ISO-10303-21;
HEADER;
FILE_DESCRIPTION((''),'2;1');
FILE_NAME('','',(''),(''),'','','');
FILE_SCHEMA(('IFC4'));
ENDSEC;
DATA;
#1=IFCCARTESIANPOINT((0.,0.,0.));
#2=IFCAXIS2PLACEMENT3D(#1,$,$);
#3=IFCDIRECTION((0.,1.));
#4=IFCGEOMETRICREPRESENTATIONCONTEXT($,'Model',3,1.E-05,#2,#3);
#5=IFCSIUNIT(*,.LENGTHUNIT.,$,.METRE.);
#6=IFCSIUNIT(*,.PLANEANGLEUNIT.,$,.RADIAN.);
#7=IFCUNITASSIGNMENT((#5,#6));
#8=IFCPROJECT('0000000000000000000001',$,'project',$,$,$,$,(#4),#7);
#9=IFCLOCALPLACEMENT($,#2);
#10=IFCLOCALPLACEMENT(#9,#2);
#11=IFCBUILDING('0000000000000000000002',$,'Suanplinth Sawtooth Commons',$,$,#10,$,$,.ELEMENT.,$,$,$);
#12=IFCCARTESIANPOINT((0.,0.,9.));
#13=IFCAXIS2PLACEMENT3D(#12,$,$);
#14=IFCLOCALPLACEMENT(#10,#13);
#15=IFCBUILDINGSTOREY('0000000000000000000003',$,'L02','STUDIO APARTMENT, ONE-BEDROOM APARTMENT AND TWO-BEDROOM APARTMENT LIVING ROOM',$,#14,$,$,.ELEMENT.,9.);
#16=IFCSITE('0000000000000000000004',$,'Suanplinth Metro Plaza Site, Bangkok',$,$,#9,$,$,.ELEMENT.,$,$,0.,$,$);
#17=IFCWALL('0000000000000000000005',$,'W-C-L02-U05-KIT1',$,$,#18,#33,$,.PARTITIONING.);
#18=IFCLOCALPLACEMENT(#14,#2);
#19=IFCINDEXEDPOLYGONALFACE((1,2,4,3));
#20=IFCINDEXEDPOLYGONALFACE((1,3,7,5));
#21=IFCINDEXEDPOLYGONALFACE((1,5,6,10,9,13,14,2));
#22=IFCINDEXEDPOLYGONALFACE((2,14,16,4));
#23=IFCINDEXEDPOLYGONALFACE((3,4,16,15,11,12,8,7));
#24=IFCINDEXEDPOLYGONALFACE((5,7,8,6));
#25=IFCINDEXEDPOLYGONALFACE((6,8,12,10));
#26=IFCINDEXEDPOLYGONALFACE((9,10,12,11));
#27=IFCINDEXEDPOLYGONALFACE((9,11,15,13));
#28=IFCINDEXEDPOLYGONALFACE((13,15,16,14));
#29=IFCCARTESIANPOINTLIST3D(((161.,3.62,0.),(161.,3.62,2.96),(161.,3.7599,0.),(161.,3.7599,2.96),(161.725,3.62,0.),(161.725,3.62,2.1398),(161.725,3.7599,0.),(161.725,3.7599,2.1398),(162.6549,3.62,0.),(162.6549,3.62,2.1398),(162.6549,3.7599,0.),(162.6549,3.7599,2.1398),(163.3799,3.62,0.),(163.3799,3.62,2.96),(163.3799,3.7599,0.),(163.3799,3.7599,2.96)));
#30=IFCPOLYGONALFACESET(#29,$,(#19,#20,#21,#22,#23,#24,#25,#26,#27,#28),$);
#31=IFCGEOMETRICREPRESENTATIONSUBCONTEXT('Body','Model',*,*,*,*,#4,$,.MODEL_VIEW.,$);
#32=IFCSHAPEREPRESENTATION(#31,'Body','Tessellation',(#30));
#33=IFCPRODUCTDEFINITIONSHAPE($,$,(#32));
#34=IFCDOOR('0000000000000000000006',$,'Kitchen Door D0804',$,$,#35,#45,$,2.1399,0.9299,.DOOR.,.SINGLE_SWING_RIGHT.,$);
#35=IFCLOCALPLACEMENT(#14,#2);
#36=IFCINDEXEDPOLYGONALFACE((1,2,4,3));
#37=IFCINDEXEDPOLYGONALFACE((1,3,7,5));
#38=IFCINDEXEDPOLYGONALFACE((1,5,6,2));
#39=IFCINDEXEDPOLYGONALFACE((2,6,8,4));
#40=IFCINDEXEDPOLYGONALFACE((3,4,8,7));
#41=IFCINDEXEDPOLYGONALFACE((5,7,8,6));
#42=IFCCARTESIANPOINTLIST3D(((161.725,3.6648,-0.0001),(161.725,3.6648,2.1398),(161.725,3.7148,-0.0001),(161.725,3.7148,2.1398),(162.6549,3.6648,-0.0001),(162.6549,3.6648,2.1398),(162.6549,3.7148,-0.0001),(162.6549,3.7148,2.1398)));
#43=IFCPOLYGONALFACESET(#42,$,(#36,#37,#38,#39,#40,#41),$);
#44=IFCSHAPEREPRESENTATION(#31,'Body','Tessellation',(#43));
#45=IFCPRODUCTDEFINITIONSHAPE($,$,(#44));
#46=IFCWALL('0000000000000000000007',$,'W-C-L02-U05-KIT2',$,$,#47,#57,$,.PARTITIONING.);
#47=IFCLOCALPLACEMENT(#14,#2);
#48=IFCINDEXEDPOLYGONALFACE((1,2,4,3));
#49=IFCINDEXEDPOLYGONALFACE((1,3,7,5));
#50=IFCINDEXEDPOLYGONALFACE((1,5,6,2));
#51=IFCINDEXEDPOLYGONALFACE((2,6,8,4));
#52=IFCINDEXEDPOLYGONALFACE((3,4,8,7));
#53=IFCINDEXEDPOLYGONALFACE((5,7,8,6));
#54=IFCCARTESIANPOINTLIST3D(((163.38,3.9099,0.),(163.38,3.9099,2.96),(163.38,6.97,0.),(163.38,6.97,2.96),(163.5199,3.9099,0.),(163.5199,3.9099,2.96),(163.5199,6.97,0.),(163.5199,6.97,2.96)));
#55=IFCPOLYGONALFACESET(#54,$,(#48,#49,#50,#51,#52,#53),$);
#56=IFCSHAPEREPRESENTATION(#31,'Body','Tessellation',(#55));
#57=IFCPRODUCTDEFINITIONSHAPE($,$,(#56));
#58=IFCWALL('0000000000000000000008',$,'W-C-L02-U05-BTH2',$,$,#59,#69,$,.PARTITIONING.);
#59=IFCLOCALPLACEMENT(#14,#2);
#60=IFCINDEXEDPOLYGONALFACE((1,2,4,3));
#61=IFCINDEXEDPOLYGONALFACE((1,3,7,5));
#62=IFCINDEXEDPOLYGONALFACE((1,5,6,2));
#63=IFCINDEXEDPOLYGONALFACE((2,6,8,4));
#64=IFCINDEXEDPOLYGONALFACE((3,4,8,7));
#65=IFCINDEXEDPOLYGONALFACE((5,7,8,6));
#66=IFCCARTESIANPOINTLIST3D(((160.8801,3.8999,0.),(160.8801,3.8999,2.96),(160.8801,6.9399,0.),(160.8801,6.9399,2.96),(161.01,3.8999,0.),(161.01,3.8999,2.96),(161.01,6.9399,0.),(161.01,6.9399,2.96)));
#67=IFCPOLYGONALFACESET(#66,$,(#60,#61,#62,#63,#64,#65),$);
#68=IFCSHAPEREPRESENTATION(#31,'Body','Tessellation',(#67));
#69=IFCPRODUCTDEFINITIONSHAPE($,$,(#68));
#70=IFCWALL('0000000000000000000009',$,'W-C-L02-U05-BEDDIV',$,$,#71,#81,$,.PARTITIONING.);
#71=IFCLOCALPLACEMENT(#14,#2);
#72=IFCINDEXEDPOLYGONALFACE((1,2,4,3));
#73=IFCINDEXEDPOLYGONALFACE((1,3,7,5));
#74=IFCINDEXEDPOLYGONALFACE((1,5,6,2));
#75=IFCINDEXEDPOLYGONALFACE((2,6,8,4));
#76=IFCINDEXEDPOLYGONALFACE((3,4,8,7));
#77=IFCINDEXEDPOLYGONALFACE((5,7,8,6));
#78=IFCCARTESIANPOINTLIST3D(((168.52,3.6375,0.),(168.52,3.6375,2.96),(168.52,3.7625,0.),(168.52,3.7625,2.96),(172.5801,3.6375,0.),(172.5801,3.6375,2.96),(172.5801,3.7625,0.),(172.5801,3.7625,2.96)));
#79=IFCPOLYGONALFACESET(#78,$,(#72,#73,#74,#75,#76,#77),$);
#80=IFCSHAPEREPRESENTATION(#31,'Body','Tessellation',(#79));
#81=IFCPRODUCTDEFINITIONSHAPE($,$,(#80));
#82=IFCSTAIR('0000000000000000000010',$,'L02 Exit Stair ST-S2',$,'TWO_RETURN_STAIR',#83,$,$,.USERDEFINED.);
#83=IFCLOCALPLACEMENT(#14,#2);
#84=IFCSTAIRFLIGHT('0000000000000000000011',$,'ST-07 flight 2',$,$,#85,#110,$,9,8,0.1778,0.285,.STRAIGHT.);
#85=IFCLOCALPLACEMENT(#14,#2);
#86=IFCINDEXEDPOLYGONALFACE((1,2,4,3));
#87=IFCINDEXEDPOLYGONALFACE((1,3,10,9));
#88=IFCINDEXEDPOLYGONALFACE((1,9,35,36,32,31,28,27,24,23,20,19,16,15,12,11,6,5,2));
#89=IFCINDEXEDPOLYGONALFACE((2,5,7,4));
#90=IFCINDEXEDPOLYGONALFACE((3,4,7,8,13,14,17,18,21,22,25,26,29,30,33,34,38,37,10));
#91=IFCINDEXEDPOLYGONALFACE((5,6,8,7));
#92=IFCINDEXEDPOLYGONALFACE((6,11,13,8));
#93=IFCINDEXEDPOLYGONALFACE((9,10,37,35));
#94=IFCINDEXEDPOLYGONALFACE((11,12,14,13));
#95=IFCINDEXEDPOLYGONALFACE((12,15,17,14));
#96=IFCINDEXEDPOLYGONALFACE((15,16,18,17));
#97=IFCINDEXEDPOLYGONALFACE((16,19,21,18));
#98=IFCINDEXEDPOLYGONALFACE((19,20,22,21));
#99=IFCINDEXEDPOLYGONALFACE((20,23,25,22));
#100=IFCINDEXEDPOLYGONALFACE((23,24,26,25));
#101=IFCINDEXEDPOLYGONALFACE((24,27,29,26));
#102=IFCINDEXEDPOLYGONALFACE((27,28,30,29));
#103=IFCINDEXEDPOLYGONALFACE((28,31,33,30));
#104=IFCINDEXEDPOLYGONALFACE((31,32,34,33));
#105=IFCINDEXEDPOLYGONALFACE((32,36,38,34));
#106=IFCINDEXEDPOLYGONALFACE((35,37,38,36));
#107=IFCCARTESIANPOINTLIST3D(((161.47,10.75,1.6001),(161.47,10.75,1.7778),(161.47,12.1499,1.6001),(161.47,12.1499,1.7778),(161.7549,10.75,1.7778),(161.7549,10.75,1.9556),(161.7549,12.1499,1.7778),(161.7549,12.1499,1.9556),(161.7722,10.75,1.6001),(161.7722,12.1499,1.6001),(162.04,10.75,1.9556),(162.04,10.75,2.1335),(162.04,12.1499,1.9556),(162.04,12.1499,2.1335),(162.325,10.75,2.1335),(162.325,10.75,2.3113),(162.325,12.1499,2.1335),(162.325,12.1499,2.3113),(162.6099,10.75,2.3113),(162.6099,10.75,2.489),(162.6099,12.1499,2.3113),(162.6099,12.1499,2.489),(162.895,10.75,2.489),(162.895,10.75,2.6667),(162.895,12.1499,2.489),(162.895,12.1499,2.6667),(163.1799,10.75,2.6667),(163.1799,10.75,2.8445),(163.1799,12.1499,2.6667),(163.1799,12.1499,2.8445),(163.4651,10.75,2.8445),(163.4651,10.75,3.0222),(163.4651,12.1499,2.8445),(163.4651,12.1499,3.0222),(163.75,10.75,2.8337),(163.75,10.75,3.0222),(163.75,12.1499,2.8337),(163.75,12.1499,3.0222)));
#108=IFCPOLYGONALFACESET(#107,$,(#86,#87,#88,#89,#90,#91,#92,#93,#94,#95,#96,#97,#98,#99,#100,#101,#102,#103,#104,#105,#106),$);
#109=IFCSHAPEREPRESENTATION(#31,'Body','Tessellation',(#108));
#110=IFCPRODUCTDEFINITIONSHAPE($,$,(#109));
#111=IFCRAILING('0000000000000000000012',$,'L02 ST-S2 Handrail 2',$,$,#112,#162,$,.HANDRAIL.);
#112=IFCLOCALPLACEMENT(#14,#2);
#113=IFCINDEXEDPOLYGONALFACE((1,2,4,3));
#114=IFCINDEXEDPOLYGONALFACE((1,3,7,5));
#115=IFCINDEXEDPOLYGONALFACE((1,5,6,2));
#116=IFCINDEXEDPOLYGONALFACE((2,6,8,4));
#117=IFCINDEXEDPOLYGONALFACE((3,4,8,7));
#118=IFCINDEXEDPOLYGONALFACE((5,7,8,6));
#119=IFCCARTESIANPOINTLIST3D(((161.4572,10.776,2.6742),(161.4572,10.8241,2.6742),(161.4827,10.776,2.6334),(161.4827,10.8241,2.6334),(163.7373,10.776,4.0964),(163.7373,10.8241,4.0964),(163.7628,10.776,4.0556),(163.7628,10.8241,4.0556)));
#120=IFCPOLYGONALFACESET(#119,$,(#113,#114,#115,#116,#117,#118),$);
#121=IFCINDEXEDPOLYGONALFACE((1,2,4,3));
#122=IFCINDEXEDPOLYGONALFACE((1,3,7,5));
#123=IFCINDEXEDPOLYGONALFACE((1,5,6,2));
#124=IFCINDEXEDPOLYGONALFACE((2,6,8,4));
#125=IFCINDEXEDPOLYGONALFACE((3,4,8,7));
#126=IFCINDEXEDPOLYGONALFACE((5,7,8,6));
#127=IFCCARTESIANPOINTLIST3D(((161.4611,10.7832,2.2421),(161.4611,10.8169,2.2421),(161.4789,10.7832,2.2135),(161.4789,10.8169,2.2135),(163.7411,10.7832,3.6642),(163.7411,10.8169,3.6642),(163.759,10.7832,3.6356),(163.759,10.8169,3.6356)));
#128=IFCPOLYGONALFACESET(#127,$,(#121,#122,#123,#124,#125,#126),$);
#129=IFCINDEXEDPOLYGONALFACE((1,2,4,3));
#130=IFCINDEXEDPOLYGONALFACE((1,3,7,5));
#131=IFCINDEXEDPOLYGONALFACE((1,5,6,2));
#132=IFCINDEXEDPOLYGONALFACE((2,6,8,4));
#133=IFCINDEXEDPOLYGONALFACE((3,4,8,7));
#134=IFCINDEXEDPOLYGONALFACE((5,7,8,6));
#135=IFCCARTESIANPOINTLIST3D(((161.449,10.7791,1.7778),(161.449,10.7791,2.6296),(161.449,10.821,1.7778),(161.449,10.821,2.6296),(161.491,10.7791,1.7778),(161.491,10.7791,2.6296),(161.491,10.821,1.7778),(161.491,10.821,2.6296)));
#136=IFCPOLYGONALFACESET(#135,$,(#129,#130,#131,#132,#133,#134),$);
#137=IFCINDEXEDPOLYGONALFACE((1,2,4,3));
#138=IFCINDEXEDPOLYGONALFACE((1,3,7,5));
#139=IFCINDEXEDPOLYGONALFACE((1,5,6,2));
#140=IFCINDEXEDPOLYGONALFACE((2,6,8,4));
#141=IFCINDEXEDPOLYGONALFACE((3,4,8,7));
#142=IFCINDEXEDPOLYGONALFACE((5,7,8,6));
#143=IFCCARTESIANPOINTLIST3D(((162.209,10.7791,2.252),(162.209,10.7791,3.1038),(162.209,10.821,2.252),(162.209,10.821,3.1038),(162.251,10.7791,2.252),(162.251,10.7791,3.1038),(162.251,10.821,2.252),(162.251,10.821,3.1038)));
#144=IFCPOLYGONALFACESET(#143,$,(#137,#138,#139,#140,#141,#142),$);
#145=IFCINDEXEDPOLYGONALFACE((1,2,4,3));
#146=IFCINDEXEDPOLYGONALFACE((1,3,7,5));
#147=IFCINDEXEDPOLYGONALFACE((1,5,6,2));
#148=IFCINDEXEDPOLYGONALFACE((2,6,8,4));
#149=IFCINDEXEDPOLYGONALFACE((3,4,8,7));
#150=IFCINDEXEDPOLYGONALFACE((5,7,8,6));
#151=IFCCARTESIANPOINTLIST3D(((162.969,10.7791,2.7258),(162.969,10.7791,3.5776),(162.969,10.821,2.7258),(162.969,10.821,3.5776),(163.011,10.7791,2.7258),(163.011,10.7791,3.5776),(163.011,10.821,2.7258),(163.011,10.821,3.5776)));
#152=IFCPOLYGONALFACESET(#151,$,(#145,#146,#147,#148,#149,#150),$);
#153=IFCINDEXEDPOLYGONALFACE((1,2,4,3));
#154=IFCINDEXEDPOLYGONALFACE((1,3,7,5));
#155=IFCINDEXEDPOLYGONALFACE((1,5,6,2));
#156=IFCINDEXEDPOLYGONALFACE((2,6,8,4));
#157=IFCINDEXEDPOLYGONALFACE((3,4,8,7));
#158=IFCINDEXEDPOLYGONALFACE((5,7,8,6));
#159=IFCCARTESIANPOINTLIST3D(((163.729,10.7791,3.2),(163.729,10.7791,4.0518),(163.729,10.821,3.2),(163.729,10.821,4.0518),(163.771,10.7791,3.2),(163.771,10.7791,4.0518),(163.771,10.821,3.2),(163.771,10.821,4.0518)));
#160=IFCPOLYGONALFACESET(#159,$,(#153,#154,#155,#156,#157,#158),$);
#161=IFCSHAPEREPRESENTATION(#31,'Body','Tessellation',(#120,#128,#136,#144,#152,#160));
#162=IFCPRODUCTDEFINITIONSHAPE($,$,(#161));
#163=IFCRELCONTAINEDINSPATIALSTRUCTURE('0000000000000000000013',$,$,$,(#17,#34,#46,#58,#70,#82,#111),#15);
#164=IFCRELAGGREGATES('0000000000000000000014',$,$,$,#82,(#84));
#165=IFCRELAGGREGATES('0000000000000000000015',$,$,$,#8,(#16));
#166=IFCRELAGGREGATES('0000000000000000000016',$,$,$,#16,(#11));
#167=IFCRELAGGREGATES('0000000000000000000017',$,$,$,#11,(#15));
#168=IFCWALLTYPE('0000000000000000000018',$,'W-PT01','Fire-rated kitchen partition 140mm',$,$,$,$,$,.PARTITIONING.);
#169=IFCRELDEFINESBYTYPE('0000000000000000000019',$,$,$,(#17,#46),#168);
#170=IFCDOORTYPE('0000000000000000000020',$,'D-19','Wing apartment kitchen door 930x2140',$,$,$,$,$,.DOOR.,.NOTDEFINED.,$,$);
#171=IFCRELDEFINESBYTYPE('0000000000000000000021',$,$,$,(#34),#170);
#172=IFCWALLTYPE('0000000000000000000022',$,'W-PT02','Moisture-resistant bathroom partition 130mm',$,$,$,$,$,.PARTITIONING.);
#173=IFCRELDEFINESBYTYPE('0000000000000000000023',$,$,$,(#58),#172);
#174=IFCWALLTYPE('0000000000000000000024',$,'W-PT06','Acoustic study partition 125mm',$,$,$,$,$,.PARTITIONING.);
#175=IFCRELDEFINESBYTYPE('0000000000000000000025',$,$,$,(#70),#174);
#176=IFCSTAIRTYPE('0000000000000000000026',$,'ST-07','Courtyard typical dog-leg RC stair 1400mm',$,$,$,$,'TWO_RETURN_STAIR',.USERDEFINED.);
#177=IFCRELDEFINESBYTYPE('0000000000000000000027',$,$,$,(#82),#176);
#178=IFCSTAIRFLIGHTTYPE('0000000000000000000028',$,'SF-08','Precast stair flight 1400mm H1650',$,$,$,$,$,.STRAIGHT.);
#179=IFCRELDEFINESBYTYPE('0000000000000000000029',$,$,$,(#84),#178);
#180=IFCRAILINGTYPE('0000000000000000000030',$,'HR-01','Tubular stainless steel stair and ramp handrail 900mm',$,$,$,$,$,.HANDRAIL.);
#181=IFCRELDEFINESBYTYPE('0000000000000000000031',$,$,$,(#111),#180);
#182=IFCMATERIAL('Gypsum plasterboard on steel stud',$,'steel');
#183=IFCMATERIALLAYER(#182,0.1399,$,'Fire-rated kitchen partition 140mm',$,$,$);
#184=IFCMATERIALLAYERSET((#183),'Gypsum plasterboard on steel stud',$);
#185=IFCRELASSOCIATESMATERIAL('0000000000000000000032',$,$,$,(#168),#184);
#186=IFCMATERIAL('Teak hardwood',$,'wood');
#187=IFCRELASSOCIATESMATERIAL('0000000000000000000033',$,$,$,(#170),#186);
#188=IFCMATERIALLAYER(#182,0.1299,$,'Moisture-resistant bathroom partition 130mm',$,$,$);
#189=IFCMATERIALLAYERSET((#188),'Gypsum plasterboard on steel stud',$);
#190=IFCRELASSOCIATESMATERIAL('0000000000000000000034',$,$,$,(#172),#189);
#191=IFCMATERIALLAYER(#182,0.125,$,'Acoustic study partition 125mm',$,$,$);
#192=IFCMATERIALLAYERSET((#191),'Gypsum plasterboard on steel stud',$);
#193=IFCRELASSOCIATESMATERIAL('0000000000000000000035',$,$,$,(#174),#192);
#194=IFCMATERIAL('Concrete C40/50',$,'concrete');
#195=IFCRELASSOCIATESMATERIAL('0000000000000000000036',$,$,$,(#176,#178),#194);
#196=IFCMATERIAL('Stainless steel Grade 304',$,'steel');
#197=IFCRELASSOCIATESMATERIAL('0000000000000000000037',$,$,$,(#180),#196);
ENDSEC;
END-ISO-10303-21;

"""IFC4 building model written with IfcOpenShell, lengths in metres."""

from ifc_helpers import new_model, si_unit, direction, frame, frame_2d, origin, origin_2d, place, context, subcontext, project, spatial, polyline, rectangle, outline, extrude, material, layer, layer_set, type_object, element, fill, aggregate, save


model = new_model("IFC4")

# Units and contexts
model_context = context("Model", 3, precision=1e-05, world=origin(), true_north=direction((0.0, 1.0)))
body_context = subcontext(model_context, "Body", "Model", "MODEL_VIEW")
ifc_project = project(units=[si_unit("LENGTHUNIT", "METRE"), si_unit("PLANEANGLEUNIT", "RADIAN")], contexts=[model_context])

# Site, building, storey
site_placement = place(None, origin())
site = spatial("IfcSite", under=ifc_project, at=site_placement, Name="Suanplinth Metro Plaza Site, Bangkok", CompositionType="ELEMENT", RefElevation=0.0)
building_placement = place(site_placement, origin())
building = spatial("IfcBuilding", under=site, at=building_placement, Name="Suanplinth Sawtooth Commons", CompositionType="ELEMENT")
storey_placement = place(building_placement, frame((0.0, 0.0, 9.0)))
storey = spatial("IfcBuildingStorey", under=building, at=storey_placement, Name="L02", Description="STUDIO APARTMENT, ONE-BEDROOM APARTMENT AND TWO-BEDROOM APARTMENT LIVING ROOM", CompositionType="ELEMENT", Elevation=9.0)

# Shared definitions
ifc_material_1 = material(Name="Concrete C40/50", Category="concrete")

# Wall, opening, door
ifc_material_2 = material(Name="Gypsum plasterboard on steel stud", Category="steel")
ifc_layer_1 = layer(ifc_material_2, 0.1399, Name="Fire-rated kitchen partition 140mm")
ifc_layer_set_1 = layer_set([ifc_layer_1], Name="Gypsum plasterboard on steel stud")
wall_type_1 = type_object("IfcWallType", Name="W-PT01", Description="Fire-rated kitchen partition 140mm", PredefinedType="PARTITIONING", material=ifc_layer_set_1)
wall_1_placement = place(storey_placement, frame((161.0, 3.6899, 0.0), z_axis=(0.0, 0.0, 1.0), x_axis=(1.0, 0.0, 0.0)))
wall_1 = element("IfcWall", 1, at=wall_1_placement, inside=storey, type_object=wall_type_1, Name="W-C-L02-U05-KIT1", PredefinedType="PARTITIONING", context=body_context, shape_type="SweptSolid", body=[
    extrude(rectangle(XDim=2.3799, YDim=0.1399, at=frame_2d((1.1899, 0.0))), origin(), (0.0, 0.0, 1.0), 2.96),
])
opening_1_placement = place(wall_1_placement, frame((0.7251, 0.0, 0.0)))
opening_1 = element("IfcOpeningElement", 2, at=opening_1_placement, cuts=wall_1, PredefinedType="OPENING", context=body_context, shape_type="SweptSolid", body=[
    extrude(rectangle(XDim=0.9299, YDim=2.1399, at=frame_2d((0.4648, 1.0698))), frame((0.0, 0.085, 0.0), z_axis=(0.0, -1.0, 0.0), x_axis=(1.0, 0.0, 0.0)), (0.0, 0.0, 1.0), 0.1697),
])
ifc_material_3 = material(Name="Teak hardwood", Category="wood")
door_type_1 = type_object("IfcDoorType", Name="D-19", Description="Wing apartment kitchen door 930x2140", OperationType="NOTDEFINED", PredefinedType="DOOR", material=ifc_material_3)
door_1_placement = place(opening_1_placement, origin())
door_1 = element("IfcDoor", 3, at=door_1_placement, inside=storey, type_object=door_type_1, Name="Kitchen Door D0804", OperationType="SINGLE_SWING_RIGHT", OverallHeight=2.1399, OverallWidth=0.9299, PredefinedType="DOOR", context=body_context, shape_type="SweptSolid", body=[
    extrude(rectangle(XDim=0.9299, YDim=2.1399, at=frame_2d((0.4648, 1.0698))), frame((0.0, 0.0249, 0.0), z_axis=(0.0, -1.0, 0.0), x_axis=(1.0, 0.0, 0.0)), (0.0, 0.0, 1.0), 0.05),
])
fill(opening_1, door_1)

# Walls
wall_2_placement = place(storey_placement, frame((163.45, 3.9099, 0.0), z_axis=(0.0, 0.0, 1.0), x_axis=(0.0, 1.0, 0.0)))
element("IfcWall", 4, at=wall_2_placement, inside=storey, type_object=wall_type_1, Name="W-C-L02-U05-KIT2", PredefinedType="PARTITIONING", context=body_context, shape_type="SweptSolid", body=[
    extrude(rectangle(XDim=3.0601, YDim=0.1399, at=frame_2d((1.53, 0.0))), origin(), (0.0, 0.0, 1.0), 2.96),
])
ifc_layer_2 = layer(ifc_material_2, 0.1299, Name="Moisture-resistant bathroom partition 130mm")
ifc_layer_set_2 = layer_set([ifc_layer_2], Name="Gypsum plasterboard on steel stud")
wall_type_2 = type_object("IfcWallType", Name="W-PT02", Description="Moisture-resistant bathroom partition 130mm", PredefinedType="PARTITIONING", material=ifc_layer_set_2)
wall_3_placement = place(storey_placement, frame((160.9451, 3.8999, 0.0), z_axis=(0.0, 0.0, 1.0), x_axis=(0.0, 1.0, 0.0)))
element("IfcWall", 5, at=wall_3_placement, inside=storey, type_object=wall_type_2, Name="W-C-L02-U05-BTH2", PredefinedType="PARTITIONING", context=body_context, shape_type="SweptSolid", body=[
    extrude(rectangle(XDim=3.04, YDim=0.1299, at=frame_2d((1.52, 0.0))), origin(), (0.0, 0.0, 1.0), 2.96),
])

# Wall
ifc_layer_3 = layer(ifc_material_2, 0.125, Name="Acoustic study partition 125mm")
ifc_layer_set_3 = layer_set([ifc_layer_3], Name="Gypsum plasterboard on steel stud")
wall_type_3 = type_object("IfcWallType", Name="W-PT06", Description="Acoustic study partition 125mm", PredefinedType="PARTITIONING", material=ifc_layer_set_3)
wall_4_placement = place(storey_placement, frame((168.52, 3.7, 0.0), z_axis=(0.0, 0.0, 1.0), x_axis=(1.0, 0.0, 0.0)))
element("IfcWall", 6, at=wall_4_placement, inside=storey, type_object=wall_type_3, Name="W-C-L02-U05-BEDDIV", PredefinedType="PARTITIONING", context=body_context, shape_type="SweptSolid", body=[
    extrude(rectangle(XDim=4.0601, YDim=0.125, at=frame_2d((2.03, 0.0))), origin(), (0.0, 0.0, 1.0), 2.96),
])

# Stair, stair flight
stair_type = type_object("IfcStairType", Name="ST-07", Description="Courtyard typical dog-leg RC stair 1400mm", ElementType="TWO_RETURN_STAIR", PredefinedType="USERDEFINED", material=ifc_material_1)
stair_placement = place(storey_placement, origin())
stair = element("IfcStair", 7, at=stair_placement, inside=storey, type_object=stair_type, Name="L02 Exit Stair ST-S2", ObjectType="TWO_RETURN_STAIR", PredefinedType="USERDEFINED")
stair_flight_type = type_object("IfcStairFlightType", Name="SF-08", Description="Precast stair flight 1400mm H1650", PredefinedType="STRAIGHT", material=ifc_material_1)
stair_flight_placement = place(storey_placement, frame((161.47, 11.45, 1.6001), z_axis=(0.0, 0.0, 1.0), x_axis=(1.0, 0.0, 0.0)))
stair_flight = element("IfcStairFlight", 8, at=stair_flight_placement, type_object=stair_flight_type, Name="ST-07 flight 2", NumberOfRisers=9, NumberOfTreads=8, PredefinedType="STRAIGHT", RiserHeight=0.1778, TreadLength=0.285, context=body_context, shape_type="SweptSolid", body=[
    extrude(outline(polyline([(0.0, 0.0), (0.0, 0.1777), (0.2849, 0.1777), (0.2849, 0.3555), (0.5701, 0.3555), (0.5701, 0.5334), (0.855, 0.5334), (0.855, 0.7112), (1.1399, 0.7112), (1.1399, 0.8889), (1.425, 0.8889), (1.425, 1.0667), (1.71, 1.0667), (1.71, 1.2444), (1.9951, 1.2444), (1.9951, 1.4221), (2.28, 1.4221), (2.28, 1.6001), (2.28, 1.2336), (0.3022, 0.0), (0.0, 0.0)])), frame((0.0, 0.7, 0.0), z_axis=(0.0, -1.0, 0.0), x_axis=(1.0, 0.0, 0.0)), (0.0, 0.0, 1.0), 1.3999),
])
aggregate(stair, [stair_flight])

# Railing
ifc_material_4 = material(Name="Stainless steel Grade 304", Category="steel")
railing_type = type_object("IfcRailingType", Name="HR-01", Description="Tubular stainless steel stair and ramp handrail 900mm", PredefinedType="HANDRAIL", material=ifc_material_4)
railing_placement = place(storey_placement, frame((161.47, 10.8, 1.7778)))
element("IfcRailing", 9, at=railing_placement, inside=storey, type_object=railing_type, Name="L02 ST-S2 Handrail 2", PredefinedType="HANDRAIL", context=body_context, shape_type="SweptSolid", body=[
    extrude(rectangle(XDim=0.0481, YDim=0.0481, at=origin_2d()), frame((0.0, 0.0, 0.876), z_axis=(0.848483, 0.0, 0.529223), x_axis=(0.0, 1.0, 0.0)), (0.0, 0.0, 1.0), 2.6873),
    extrude(rectangle(XDim=0.0337, YDim=0.0337, at=origin_2d()), frame((0.0, 0.0, 0.45), z_axis=(0.848483, 0.0, 0.529223), x_axis=(0.0, 1.0, 0.0)), (0.0, 0.0, 1.0), 2.6873),
    extrude(rectangle(XDim=0.042, YDim=0.042, at=origin_2d()), origin(), (0.0, 0.0, 1.0), 0.8518),
    extrude(rectangle(XDim=0.042, YDim=0.042, at=origin_2d()), frame((0.76, 0.0, 0.4741)), (0.0, 0.0, 1.0), 0.8518),
    extrude(rectangle(XDim=0.042, YDim=0.042, at=origin_2d()), frame((1.52, 0.0, 0.948)), (0.0, 0.0, 1.0), 0.8518),
    extrude(rectangle(XDim=0.042, YDim=0.042, at=origin_2d()), frame((2.28, 0.0, 1.4221)), (0.0, 0.0, 1.0), 0.8518),
])

save(model, "model.ifc")
